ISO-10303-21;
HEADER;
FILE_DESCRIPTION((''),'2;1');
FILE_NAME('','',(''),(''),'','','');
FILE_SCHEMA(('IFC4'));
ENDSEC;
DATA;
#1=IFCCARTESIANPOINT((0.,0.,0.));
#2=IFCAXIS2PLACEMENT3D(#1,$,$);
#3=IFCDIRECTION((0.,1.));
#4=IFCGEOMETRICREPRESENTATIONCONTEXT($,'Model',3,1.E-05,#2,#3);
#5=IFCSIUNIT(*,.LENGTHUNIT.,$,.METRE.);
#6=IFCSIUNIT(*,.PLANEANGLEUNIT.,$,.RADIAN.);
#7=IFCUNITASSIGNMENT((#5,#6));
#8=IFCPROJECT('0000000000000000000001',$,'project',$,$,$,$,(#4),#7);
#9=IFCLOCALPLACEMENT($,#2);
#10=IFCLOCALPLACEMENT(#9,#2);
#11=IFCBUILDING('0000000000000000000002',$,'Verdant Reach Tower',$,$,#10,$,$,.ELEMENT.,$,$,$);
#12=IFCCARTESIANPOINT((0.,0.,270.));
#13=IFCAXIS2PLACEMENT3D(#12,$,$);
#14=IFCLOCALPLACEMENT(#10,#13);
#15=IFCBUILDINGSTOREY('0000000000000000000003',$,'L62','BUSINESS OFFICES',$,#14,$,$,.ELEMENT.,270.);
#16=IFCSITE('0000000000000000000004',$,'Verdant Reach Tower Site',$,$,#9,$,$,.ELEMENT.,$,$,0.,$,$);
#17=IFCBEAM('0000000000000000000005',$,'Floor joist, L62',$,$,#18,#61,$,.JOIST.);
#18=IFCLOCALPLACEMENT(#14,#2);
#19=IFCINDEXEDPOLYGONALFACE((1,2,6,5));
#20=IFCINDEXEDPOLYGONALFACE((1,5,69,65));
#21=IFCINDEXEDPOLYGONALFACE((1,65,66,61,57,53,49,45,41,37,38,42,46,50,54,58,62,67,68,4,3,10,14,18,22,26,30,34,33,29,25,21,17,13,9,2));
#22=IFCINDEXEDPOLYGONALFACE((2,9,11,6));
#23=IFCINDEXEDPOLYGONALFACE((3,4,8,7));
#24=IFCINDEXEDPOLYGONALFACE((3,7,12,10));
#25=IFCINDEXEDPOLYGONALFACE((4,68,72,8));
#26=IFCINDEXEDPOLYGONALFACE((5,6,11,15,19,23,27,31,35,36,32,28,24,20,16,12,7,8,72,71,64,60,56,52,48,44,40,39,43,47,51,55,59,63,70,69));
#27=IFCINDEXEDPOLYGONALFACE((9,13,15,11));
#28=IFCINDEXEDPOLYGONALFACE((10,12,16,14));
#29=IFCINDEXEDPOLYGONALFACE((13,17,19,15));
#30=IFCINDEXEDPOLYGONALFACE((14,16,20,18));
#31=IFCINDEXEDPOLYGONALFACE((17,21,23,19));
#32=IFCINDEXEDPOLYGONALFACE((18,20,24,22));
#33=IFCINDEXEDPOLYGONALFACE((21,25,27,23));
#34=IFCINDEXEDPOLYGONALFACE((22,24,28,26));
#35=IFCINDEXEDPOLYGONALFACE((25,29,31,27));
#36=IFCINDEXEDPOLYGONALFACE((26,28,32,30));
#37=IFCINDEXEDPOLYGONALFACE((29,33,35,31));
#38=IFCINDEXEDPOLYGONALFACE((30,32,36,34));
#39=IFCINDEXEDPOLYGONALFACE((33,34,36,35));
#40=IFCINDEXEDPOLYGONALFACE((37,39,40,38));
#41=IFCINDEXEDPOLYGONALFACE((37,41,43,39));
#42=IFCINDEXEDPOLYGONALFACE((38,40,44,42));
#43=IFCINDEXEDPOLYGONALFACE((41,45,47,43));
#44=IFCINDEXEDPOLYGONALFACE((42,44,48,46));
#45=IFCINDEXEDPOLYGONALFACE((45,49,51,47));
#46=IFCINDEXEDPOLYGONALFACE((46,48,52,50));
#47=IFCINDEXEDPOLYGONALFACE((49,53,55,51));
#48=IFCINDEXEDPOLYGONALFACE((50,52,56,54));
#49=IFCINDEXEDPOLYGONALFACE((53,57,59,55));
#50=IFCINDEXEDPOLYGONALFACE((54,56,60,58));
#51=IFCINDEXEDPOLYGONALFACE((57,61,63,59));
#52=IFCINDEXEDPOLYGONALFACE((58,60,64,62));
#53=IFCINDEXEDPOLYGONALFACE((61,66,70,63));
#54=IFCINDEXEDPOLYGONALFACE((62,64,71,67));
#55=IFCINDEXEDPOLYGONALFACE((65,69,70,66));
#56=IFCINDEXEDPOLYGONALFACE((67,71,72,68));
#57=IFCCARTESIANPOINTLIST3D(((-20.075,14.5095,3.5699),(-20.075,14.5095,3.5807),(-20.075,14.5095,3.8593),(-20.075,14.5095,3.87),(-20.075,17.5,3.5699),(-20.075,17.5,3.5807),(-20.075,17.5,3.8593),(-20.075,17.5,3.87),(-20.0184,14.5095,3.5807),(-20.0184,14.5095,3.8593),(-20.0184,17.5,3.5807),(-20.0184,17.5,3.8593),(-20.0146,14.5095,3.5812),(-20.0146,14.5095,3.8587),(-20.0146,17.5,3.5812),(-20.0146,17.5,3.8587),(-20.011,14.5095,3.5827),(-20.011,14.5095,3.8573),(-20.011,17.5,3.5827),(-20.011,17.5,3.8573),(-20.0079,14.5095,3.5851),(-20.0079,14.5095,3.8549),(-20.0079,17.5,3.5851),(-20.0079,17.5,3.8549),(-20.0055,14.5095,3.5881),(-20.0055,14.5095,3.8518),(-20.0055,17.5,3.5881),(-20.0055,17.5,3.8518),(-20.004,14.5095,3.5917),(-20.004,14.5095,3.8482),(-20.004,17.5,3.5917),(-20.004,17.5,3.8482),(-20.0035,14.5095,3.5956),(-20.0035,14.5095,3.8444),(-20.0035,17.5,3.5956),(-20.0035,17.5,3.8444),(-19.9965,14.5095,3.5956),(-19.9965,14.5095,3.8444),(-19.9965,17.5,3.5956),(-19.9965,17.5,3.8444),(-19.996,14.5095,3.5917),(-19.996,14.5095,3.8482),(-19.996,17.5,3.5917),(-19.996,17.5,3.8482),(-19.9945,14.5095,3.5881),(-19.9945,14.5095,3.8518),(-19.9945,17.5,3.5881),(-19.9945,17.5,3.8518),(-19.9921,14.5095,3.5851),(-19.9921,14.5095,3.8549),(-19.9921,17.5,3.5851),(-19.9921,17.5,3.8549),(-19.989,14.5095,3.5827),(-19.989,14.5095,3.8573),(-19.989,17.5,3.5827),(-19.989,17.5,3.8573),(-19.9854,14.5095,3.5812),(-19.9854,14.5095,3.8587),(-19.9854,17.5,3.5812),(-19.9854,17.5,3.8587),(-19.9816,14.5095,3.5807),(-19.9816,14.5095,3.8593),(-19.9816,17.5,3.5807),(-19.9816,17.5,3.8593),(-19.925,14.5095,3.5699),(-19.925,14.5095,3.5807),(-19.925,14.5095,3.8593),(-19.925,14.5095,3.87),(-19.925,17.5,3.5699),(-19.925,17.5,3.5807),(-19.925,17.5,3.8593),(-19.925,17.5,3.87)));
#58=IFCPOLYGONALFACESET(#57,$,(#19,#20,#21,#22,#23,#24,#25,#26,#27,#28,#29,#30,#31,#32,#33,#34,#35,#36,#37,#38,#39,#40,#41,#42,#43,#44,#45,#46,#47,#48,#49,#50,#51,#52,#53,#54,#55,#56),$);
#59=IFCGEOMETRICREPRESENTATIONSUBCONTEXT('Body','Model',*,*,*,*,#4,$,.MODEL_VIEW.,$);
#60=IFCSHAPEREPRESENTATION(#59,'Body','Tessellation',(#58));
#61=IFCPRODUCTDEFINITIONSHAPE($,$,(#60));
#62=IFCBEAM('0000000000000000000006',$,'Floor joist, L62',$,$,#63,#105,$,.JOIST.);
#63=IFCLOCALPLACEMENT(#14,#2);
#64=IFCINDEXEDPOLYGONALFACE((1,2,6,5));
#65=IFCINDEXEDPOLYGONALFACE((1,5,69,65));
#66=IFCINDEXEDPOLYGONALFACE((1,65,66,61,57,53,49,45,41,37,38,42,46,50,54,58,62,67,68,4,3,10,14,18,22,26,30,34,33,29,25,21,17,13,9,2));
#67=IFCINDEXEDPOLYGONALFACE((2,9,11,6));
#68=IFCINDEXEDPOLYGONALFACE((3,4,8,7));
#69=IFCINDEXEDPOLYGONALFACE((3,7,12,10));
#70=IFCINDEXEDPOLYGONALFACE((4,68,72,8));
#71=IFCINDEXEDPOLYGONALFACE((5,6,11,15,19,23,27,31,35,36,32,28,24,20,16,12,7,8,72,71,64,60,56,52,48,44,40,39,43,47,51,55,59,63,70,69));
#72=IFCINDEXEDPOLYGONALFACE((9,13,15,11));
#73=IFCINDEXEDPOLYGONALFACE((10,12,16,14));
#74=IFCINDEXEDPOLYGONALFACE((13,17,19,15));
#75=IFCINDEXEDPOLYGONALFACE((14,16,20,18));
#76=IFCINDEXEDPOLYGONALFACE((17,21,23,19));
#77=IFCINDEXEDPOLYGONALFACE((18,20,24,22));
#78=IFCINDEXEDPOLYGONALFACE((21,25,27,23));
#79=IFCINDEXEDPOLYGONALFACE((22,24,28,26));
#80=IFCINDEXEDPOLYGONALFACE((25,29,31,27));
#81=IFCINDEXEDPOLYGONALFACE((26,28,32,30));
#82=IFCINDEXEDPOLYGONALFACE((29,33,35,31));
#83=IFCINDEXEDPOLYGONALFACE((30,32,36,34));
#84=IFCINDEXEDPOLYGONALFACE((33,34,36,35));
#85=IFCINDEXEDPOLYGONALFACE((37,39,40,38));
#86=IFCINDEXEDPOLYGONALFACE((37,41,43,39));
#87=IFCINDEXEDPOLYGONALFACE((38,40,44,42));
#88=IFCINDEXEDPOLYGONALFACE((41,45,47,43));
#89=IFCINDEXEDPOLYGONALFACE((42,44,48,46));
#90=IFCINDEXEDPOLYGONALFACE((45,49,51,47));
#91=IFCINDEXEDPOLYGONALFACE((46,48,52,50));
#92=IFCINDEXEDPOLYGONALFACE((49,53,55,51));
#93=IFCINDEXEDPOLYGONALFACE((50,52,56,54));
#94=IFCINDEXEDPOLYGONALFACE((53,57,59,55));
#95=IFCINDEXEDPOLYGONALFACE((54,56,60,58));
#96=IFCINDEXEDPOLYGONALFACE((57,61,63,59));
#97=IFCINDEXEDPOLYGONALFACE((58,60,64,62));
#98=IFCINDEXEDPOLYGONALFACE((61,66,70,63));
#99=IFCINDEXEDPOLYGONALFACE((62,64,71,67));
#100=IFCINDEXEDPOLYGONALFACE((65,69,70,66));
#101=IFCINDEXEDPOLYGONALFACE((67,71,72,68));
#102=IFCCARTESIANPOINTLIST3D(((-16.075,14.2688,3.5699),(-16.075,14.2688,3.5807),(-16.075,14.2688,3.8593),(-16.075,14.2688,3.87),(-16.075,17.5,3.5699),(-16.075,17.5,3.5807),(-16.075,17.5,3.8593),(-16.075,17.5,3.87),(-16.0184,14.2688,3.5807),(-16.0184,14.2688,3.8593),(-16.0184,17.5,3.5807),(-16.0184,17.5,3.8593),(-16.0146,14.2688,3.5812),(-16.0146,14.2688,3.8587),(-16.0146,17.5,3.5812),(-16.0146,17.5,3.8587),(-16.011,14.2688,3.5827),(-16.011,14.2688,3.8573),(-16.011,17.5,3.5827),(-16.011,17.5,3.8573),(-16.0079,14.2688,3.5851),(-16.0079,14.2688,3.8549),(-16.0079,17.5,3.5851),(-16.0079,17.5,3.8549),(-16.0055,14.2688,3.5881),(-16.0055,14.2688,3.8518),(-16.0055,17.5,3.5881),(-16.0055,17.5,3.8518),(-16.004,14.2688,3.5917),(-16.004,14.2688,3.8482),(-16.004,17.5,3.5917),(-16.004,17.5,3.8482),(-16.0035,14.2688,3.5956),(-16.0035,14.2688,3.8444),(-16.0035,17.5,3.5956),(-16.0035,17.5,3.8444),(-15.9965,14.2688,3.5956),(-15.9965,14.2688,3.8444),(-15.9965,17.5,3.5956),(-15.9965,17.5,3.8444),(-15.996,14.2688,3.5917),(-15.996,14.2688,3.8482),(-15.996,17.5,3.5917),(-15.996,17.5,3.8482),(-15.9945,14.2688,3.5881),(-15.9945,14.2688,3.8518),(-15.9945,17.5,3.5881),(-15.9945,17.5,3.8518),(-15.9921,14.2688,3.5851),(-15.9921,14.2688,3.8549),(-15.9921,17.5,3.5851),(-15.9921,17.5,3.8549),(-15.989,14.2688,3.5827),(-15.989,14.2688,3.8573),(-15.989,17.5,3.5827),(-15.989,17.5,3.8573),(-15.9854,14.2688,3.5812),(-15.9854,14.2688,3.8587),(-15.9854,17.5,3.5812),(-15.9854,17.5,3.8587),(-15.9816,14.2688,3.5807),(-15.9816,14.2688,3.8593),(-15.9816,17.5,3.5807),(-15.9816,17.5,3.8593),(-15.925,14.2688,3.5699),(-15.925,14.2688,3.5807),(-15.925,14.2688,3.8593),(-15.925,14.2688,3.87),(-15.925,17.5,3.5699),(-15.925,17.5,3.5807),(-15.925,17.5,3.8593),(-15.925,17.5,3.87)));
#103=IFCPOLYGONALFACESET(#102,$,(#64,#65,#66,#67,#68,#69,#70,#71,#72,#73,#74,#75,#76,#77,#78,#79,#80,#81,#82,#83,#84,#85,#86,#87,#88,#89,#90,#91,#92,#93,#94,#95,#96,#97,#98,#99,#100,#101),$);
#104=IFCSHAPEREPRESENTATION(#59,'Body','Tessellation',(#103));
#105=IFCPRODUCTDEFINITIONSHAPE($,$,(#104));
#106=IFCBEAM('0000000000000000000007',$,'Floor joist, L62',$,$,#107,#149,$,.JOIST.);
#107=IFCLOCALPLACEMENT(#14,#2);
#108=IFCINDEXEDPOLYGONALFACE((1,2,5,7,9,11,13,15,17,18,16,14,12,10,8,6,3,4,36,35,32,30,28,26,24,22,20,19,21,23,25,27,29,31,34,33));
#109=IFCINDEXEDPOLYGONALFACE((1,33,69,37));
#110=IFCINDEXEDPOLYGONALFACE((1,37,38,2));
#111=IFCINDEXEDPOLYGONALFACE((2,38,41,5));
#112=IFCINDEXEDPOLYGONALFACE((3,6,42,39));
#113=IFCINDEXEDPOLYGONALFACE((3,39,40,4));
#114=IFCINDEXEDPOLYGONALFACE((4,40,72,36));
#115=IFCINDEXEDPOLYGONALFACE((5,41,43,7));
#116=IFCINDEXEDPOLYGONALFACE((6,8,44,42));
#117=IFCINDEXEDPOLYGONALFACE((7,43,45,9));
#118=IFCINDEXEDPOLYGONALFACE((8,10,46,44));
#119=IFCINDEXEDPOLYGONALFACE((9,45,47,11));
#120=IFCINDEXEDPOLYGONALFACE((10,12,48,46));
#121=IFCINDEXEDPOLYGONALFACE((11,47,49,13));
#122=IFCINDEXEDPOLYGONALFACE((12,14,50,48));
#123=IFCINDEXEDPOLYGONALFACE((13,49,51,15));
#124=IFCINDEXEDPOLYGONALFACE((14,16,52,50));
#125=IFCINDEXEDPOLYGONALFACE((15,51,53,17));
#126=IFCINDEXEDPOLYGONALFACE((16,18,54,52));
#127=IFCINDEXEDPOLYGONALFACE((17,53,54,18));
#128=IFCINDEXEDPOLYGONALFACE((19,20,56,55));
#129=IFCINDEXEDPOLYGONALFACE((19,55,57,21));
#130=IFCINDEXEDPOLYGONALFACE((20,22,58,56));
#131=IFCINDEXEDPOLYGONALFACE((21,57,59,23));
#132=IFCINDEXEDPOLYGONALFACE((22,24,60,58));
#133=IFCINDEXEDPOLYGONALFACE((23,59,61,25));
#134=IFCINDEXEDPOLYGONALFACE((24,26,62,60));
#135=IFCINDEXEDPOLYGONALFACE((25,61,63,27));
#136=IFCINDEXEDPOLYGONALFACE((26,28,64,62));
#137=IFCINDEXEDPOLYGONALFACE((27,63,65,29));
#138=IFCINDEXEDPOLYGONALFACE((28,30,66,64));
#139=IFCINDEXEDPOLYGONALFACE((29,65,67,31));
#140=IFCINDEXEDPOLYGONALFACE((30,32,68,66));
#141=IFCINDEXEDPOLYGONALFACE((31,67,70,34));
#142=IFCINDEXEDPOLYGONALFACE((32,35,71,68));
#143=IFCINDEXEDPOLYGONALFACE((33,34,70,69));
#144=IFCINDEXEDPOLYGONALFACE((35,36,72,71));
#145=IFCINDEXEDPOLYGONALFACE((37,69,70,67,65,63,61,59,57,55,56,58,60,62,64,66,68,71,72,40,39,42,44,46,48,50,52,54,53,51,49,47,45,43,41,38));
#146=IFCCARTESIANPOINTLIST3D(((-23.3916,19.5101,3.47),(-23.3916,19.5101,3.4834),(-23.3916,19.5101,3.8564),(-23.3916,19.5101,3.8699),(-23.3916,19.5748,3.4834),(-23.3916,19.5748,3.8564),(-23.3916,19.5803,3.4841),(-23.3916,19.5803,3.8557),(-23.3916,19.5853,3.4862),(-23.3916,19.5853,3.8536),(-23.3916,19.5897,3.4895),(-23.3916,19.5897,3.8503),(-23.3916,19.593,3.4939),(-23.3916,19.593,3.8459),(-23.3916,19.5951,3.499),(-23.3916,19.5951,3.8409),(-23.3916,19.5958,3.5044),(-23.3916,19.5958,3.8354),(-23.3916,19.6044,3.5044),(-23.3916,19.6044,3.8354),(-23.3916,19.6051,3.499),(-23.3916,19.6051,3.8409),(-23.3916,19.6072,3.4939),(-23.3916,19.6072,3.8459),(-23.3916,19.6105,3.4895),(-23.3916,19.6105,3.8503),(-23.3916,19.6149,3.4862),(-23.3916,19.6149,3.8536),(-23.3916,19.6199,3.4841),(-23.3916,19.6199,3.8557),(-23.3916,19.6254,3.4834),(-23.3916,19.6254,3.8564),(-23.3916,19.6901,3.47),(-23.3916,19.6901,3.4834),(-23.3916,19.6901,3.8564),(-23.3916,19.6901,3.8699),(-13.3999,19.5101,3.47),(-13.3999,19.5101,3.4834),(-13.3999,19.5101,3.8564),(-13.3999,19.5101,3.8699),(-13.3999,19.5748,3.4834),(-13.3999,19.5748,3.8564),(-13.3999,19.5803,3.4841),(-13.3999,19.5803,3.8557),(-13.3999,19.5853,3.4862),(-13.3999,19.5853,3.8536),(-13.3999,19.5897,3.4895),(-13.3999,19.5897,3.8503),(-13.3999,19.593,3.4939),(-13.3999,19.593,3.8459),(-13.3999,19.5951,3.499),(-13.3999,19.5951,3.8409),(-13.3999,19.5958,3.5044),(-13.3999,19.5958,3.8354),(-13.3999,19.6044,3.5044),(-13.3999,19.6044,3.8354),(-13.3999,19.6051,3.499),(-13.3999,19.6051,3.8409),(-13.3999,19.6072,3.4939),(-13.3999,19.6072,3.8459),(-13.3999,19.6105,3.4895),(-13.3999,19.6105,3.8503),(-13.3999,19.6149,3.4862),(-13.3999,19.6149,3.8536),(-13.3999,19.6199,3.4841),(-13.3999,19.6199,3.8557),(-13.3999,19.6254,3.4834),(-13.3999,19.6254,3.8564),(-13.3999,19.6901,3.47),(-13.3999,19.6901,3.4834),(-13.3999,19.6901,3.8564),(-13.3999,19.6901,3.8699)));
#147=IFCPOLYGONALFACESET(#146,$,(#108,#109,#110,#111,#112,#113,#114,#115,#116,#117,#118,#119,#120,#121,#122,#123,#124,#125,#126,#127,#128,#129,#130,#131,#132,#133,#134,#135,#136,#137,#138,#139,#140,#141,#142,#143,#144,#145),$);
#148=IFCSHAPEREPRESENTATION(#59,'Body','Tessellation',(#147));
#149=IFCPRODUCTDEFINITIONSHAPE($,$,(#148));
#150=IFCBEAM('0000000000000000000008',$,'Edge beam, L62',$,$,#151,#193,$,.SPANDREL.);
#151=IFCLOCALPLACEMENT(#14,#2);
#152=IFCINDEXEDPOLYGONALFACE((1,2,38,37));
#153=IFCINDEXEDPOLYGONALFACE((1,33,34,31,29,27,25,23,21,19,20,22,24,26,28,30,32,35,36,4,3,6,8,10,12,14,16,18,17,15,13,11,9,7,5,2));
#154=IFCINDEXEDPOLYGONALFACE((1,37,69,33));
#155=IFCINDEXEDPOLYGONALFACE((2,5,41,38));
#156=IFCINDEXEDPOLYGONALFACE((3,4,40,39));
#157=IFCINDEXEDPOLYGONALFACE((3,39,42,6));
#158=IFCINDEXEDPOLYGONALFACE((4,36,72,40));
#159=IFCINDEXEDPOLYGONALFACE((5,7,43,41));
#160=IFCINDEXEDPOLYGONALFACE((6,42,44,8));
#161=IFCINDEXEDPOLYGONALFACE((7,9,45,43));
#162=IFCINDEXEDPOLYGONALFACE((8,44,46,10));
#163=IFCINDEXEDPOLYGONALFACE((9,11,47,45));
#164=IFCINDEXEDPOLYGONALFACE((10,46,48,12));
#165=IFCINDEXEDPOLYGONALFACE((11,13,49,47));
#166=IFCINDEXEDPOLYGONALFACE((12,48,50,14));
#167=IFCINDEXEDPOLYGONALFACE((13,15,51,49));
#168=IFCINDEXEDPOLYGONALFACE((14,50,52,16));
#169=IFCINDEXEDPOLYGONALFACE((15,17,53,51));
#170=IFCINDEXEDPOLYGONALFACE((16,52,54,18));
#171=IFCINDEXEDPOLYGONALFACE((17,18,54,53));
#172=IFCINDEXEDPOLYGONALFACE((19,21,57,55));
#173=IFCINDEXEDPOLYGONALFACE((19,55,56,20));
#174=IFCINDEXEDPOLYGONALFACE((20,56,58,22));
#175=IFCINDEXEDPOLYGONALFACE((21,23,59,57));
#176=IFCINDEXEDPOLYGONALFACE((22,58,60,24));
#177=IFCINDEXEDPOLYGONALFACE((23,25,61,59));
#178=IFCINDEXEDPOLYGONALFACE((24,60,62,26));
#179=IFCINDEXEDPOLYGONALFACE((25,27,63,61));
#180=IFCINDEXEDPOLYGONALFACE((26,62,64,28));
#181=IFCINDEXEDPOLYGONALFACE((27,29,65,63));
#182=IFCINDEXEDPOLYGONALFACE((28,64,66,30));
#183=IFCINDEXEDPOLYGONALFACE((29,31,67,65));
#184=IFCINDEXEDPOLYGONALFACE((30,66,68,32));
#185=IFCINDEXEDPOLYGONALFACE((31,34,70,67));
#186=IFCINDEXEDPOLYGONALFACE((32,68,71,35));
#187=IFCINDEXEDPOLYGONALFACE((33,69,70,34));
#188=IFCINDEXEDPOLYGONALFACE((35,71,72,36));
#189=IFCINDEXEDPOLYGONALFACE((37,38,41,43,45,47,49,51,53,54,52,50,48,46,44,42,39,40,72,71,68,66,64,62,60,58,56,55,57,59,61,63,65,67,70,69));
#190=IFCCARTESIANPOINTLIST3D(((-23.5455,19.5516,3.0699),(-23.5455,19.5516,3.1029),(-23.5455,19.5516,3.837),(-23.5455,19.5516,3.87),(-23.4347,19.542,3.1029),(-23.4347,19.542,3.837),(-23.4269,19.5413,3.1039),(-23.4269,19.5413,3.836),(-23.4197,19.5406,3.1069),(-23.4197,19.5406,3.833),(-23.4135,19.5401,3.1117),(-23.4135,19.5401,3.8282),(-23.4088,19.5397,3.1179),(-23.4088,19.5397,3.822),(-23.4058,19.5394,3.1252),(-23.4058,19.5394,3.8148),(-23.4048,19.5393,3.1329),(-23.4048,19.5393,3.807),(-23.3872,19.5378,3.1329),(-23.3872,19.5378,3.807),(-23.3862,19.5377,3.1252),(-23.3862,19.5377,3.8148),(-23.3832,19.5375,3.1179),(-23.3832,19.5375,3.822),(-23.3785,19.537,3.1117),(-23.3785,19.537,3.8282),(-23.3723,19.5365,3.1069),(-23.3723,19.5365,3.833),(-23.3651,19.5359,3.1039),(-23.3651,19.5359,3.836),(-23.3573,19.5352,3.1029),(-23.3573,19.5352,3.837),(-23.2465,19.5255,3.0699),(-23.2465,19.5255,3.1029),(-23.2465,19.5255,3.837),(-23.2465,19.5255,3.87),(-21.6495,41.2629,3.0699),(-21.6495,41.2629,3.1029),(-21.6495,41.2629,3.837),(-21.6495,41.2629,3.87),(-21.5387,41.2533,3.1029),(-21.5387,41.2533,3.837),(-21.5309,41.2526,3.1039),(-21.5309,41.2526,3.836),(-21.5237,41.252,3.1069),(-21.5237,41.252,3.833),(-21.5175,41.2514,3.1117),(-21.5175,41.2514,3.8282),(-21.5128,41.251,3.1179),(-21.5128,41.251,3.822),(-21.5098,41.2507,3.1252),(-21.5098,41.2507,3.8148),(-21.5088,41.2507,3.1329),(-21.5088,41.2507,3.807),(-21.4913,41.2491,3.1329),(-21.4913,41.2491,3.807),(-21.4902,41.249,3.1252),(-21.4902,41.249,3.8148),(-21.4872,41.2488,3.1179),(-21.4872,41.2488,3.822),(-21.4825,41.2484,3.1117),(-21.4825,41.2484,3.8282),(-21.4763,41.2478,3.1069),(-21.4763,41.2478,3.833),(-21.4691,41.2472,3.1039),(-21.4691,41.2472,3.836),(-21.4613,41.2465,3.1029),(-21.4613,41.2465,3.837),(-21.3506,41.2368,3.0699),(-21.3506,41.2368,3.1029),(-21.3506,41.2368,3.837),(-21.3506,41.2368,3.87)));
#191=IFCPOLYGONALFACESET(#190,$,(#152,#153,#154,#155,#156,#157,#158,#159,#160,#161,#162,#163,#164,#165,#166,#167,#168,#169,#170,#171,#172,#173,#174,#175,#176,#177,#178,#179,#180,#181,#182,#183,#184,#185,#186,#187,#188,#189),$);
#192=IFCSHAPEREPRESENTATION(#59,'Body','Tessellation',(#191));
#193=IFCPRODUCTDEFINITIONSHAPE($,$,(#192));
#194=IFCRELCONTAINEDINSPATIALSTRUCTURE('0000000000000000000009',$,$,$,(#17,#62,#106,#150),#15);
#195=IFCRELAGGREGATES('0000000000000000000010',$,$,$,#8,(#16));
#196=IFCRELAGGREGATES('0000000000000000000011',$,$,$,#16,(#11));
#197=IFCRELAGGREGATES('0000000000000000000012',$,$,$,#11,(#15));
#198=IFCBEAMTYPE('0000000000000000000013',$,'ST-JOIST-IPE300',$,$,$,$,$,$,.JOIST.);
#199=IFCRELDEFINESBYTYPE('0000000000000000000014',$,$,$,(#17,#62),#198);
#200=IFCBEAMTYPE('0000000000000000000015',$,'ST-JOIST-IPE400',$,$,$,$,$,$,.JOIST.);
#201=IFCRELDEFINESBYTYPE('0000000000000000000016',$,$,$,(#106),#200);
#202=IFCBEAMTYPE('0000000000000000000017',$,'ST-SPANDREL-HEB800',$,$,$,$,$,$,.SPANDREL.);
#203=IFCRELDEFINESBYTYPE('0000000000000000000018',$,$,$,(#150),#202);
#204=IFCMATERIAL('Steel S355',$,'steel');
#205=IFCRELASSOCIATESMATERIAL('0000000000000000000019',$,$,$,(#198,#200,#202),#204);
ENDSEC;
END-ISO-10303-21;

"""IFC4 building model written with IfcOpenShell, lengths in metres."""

from ifc_helpers import new_model, si_unit, direction, frame, origin, origin_2d, place, context, subcontext, project, spatial, i_section, extrude, material, material_profile, profile_set, type_object, element, save


model = new_model("IFC4")

# Units and contexts
model_context = context("Model", 3, precision=1e-05, world=origin(), true_north=direction((0.0, 1.0)))
body_context = subcontext(model_context, "Body", "Model", "MODEL_VIEW")
ifc_project = project(units=[si_unit("LENGTHUNIT", "METRE"), si_unit("PLANEANGLEUNIT", "RADIAN")], contexts=[model_context])

# Site, building, storey
site_placement = place(None, origin())
site = spatial("IfcSite", under=ifc_project, at=site_placement, Name="Verdant Reach Tower Site", CompositionType="ELEMENT", RefElevation=0.0)
building_placement = place(site_placement, origin())
building = spatial("IfcBuilding", under=site, at=building_placement, Name="Verdant Reach Tower", CompositionType="ELEMENT")
storey_placement = place(building_placement, frame((0.0, 0.0, 270.0)))
storey = spatial("IfcBuildingStorey", under=building, at=storey_placement, Name="L62", Description="BUSINESS OFFICES", CompositionType="ELEMENT", Elevation=270.0)

# Beams
ifc_material_1 = material(Name="Steel S355", Category="steel")
ifc_material_profile_1 = material_profile(ifc_material_1, i_section(OverallWidth=0.1499, OverallDepth=0.3, WebThickness=0.0071, FlangeThickness=0.0107, FilletRadius=0.0149, at=origin_2d()), Name="IPE 300")
ifc_profile_set_1 = profile_set([ifc_material_profile_1], Name="Steel S355")
beam_type_1 = type_object("IfcBeamType", Name="ST-JOIST-IPE300", PredefinedType="JOIST", material=ifc_profile_set_1)
beam_1_placement = place(storey_placement, frame((-20.0, 17.5, 3.72), z_axis=(0.0, -1.0, 0.0), x_axis=(1.0, 0.0, 0.0)))
element("IfcBeam", 1, at=beam_1_placement, inside=storey, type_object=beam_type_1, Name="Floor joist, L62", PredefinedType="JOIST", context=body_context, shape_type="SweptSolid", body=[
    extrude(i_section(OverallWidth=0.1499, OverallDepth=0.3, WebThickness=0.0071, FlangeThickness=0.0107, FilletRadius=0.0149, at=origin_2d()), origin(), (0.0, 0.0, 1.0), 2.9905),
])
beam_2_placement = place(storey_placement, frame((-16.0, 17.5, 3.72), z_axis=(0.0, -1.0, 0.0), x_axis=(1.0, 0.0, 0.0)))
element("IfcBeam", 2, at=beam_2_placement, inside=storey, type_object=beam_type_1, Name="Floor joist, L62", PredefinedType="JOIST", context=body_context, shape_type="SweptSolid", body=[
    extrude(i_section(OverallWidth=0.1499, OverallDepth=0.3, WebThickness=0.0071, FlangeThickness=0.0107, FilletRadius=0.0149, at=origin_2d()), origin(), (0.0, 0.0, 1.0), 3.2312),
])
ifc_material_profile_2 = material_profile(ifc_material_1, i_section(OverallWidth=0.1799, OverallDepth=0.3999, WebThickness=0.0085, FlangeThickness=0.0134, FilletRadius=0.021, at=origin_2d()), Name="IPE 400")
ifc_profile_set_2 = profile_set([ifc_material_profile_2], Name="Steel S355")
beam_type_2 = type_object("IfcBeamType", Name="ST-JOIST-IPE400", PredefinedType="JOIST", material=ifc_profile_set_2)
beam_3_placement = place(storey_placement, frame((-13.3999, 19.6001, 3.6699), z_axis=(-1.0, 0.0, 0.0), x_axis=(0.0, -1.0, 0.0)))
element("IfcBeam", 3, at=beam_3_placement, inside=storey, type_object=beam_type_2, Name="Floor joist, L62", PredefinedType="JOIST", context=body_context, shape_type="SweptSolid", body=[
    extrude(i_section(OverallWidth=0.1799, OverallDepth=0.3999, WebThickness=0.0085, FlangeThickness=0.0134, FilletRadius=0.021, at=origin_2d()), origin(), (0.0, 0.0, 1.0), 9.9917),
])
ifc_material_profile_3 = material_profile(ifc_material_1, i_section(OverallWidth=0.3, OverallDepth=0.8, WebThickness=0.0176, FlangeThickness=0.033, FilletRadius=0.03, at=origin_2d()), Name="HEB 800")
ifc_profile_set_3 = profile_set([ifc_material_profile_3], Name="Steel S355")
beam_type_3 = type_object("IfcBeamType", Name="ST-SPANDREL-HEB800", PredefinedType="SPANDREL", material=ifc_profile_set_3)
beam_4_placement = place(storey_placement, frame((-23.396, 19.5386, 3.47), z_axis=(0.086996, 0.996209, 0.0), x_axis=(-0.996209, 0.086996, 0.0)))
element("IfcBeam", 4, at=beam_4_placement, inside=storey, type_object=beam_type_3, Name="Edge beam, L62", PredefinedType="SPANDREL", context=body_context, shape_type="SweptSolid", body=[
    extrude(i_section(OverallWidth=0.3, OverallDepth=0.8, WebThickness=0.0176, FlangeThickness=0.033, FilletRadius=0.03, at=origin_2d()), origin(), (0.0, 0.0, 1.0), 21.7939),
])

save(model, "model.ifc")
